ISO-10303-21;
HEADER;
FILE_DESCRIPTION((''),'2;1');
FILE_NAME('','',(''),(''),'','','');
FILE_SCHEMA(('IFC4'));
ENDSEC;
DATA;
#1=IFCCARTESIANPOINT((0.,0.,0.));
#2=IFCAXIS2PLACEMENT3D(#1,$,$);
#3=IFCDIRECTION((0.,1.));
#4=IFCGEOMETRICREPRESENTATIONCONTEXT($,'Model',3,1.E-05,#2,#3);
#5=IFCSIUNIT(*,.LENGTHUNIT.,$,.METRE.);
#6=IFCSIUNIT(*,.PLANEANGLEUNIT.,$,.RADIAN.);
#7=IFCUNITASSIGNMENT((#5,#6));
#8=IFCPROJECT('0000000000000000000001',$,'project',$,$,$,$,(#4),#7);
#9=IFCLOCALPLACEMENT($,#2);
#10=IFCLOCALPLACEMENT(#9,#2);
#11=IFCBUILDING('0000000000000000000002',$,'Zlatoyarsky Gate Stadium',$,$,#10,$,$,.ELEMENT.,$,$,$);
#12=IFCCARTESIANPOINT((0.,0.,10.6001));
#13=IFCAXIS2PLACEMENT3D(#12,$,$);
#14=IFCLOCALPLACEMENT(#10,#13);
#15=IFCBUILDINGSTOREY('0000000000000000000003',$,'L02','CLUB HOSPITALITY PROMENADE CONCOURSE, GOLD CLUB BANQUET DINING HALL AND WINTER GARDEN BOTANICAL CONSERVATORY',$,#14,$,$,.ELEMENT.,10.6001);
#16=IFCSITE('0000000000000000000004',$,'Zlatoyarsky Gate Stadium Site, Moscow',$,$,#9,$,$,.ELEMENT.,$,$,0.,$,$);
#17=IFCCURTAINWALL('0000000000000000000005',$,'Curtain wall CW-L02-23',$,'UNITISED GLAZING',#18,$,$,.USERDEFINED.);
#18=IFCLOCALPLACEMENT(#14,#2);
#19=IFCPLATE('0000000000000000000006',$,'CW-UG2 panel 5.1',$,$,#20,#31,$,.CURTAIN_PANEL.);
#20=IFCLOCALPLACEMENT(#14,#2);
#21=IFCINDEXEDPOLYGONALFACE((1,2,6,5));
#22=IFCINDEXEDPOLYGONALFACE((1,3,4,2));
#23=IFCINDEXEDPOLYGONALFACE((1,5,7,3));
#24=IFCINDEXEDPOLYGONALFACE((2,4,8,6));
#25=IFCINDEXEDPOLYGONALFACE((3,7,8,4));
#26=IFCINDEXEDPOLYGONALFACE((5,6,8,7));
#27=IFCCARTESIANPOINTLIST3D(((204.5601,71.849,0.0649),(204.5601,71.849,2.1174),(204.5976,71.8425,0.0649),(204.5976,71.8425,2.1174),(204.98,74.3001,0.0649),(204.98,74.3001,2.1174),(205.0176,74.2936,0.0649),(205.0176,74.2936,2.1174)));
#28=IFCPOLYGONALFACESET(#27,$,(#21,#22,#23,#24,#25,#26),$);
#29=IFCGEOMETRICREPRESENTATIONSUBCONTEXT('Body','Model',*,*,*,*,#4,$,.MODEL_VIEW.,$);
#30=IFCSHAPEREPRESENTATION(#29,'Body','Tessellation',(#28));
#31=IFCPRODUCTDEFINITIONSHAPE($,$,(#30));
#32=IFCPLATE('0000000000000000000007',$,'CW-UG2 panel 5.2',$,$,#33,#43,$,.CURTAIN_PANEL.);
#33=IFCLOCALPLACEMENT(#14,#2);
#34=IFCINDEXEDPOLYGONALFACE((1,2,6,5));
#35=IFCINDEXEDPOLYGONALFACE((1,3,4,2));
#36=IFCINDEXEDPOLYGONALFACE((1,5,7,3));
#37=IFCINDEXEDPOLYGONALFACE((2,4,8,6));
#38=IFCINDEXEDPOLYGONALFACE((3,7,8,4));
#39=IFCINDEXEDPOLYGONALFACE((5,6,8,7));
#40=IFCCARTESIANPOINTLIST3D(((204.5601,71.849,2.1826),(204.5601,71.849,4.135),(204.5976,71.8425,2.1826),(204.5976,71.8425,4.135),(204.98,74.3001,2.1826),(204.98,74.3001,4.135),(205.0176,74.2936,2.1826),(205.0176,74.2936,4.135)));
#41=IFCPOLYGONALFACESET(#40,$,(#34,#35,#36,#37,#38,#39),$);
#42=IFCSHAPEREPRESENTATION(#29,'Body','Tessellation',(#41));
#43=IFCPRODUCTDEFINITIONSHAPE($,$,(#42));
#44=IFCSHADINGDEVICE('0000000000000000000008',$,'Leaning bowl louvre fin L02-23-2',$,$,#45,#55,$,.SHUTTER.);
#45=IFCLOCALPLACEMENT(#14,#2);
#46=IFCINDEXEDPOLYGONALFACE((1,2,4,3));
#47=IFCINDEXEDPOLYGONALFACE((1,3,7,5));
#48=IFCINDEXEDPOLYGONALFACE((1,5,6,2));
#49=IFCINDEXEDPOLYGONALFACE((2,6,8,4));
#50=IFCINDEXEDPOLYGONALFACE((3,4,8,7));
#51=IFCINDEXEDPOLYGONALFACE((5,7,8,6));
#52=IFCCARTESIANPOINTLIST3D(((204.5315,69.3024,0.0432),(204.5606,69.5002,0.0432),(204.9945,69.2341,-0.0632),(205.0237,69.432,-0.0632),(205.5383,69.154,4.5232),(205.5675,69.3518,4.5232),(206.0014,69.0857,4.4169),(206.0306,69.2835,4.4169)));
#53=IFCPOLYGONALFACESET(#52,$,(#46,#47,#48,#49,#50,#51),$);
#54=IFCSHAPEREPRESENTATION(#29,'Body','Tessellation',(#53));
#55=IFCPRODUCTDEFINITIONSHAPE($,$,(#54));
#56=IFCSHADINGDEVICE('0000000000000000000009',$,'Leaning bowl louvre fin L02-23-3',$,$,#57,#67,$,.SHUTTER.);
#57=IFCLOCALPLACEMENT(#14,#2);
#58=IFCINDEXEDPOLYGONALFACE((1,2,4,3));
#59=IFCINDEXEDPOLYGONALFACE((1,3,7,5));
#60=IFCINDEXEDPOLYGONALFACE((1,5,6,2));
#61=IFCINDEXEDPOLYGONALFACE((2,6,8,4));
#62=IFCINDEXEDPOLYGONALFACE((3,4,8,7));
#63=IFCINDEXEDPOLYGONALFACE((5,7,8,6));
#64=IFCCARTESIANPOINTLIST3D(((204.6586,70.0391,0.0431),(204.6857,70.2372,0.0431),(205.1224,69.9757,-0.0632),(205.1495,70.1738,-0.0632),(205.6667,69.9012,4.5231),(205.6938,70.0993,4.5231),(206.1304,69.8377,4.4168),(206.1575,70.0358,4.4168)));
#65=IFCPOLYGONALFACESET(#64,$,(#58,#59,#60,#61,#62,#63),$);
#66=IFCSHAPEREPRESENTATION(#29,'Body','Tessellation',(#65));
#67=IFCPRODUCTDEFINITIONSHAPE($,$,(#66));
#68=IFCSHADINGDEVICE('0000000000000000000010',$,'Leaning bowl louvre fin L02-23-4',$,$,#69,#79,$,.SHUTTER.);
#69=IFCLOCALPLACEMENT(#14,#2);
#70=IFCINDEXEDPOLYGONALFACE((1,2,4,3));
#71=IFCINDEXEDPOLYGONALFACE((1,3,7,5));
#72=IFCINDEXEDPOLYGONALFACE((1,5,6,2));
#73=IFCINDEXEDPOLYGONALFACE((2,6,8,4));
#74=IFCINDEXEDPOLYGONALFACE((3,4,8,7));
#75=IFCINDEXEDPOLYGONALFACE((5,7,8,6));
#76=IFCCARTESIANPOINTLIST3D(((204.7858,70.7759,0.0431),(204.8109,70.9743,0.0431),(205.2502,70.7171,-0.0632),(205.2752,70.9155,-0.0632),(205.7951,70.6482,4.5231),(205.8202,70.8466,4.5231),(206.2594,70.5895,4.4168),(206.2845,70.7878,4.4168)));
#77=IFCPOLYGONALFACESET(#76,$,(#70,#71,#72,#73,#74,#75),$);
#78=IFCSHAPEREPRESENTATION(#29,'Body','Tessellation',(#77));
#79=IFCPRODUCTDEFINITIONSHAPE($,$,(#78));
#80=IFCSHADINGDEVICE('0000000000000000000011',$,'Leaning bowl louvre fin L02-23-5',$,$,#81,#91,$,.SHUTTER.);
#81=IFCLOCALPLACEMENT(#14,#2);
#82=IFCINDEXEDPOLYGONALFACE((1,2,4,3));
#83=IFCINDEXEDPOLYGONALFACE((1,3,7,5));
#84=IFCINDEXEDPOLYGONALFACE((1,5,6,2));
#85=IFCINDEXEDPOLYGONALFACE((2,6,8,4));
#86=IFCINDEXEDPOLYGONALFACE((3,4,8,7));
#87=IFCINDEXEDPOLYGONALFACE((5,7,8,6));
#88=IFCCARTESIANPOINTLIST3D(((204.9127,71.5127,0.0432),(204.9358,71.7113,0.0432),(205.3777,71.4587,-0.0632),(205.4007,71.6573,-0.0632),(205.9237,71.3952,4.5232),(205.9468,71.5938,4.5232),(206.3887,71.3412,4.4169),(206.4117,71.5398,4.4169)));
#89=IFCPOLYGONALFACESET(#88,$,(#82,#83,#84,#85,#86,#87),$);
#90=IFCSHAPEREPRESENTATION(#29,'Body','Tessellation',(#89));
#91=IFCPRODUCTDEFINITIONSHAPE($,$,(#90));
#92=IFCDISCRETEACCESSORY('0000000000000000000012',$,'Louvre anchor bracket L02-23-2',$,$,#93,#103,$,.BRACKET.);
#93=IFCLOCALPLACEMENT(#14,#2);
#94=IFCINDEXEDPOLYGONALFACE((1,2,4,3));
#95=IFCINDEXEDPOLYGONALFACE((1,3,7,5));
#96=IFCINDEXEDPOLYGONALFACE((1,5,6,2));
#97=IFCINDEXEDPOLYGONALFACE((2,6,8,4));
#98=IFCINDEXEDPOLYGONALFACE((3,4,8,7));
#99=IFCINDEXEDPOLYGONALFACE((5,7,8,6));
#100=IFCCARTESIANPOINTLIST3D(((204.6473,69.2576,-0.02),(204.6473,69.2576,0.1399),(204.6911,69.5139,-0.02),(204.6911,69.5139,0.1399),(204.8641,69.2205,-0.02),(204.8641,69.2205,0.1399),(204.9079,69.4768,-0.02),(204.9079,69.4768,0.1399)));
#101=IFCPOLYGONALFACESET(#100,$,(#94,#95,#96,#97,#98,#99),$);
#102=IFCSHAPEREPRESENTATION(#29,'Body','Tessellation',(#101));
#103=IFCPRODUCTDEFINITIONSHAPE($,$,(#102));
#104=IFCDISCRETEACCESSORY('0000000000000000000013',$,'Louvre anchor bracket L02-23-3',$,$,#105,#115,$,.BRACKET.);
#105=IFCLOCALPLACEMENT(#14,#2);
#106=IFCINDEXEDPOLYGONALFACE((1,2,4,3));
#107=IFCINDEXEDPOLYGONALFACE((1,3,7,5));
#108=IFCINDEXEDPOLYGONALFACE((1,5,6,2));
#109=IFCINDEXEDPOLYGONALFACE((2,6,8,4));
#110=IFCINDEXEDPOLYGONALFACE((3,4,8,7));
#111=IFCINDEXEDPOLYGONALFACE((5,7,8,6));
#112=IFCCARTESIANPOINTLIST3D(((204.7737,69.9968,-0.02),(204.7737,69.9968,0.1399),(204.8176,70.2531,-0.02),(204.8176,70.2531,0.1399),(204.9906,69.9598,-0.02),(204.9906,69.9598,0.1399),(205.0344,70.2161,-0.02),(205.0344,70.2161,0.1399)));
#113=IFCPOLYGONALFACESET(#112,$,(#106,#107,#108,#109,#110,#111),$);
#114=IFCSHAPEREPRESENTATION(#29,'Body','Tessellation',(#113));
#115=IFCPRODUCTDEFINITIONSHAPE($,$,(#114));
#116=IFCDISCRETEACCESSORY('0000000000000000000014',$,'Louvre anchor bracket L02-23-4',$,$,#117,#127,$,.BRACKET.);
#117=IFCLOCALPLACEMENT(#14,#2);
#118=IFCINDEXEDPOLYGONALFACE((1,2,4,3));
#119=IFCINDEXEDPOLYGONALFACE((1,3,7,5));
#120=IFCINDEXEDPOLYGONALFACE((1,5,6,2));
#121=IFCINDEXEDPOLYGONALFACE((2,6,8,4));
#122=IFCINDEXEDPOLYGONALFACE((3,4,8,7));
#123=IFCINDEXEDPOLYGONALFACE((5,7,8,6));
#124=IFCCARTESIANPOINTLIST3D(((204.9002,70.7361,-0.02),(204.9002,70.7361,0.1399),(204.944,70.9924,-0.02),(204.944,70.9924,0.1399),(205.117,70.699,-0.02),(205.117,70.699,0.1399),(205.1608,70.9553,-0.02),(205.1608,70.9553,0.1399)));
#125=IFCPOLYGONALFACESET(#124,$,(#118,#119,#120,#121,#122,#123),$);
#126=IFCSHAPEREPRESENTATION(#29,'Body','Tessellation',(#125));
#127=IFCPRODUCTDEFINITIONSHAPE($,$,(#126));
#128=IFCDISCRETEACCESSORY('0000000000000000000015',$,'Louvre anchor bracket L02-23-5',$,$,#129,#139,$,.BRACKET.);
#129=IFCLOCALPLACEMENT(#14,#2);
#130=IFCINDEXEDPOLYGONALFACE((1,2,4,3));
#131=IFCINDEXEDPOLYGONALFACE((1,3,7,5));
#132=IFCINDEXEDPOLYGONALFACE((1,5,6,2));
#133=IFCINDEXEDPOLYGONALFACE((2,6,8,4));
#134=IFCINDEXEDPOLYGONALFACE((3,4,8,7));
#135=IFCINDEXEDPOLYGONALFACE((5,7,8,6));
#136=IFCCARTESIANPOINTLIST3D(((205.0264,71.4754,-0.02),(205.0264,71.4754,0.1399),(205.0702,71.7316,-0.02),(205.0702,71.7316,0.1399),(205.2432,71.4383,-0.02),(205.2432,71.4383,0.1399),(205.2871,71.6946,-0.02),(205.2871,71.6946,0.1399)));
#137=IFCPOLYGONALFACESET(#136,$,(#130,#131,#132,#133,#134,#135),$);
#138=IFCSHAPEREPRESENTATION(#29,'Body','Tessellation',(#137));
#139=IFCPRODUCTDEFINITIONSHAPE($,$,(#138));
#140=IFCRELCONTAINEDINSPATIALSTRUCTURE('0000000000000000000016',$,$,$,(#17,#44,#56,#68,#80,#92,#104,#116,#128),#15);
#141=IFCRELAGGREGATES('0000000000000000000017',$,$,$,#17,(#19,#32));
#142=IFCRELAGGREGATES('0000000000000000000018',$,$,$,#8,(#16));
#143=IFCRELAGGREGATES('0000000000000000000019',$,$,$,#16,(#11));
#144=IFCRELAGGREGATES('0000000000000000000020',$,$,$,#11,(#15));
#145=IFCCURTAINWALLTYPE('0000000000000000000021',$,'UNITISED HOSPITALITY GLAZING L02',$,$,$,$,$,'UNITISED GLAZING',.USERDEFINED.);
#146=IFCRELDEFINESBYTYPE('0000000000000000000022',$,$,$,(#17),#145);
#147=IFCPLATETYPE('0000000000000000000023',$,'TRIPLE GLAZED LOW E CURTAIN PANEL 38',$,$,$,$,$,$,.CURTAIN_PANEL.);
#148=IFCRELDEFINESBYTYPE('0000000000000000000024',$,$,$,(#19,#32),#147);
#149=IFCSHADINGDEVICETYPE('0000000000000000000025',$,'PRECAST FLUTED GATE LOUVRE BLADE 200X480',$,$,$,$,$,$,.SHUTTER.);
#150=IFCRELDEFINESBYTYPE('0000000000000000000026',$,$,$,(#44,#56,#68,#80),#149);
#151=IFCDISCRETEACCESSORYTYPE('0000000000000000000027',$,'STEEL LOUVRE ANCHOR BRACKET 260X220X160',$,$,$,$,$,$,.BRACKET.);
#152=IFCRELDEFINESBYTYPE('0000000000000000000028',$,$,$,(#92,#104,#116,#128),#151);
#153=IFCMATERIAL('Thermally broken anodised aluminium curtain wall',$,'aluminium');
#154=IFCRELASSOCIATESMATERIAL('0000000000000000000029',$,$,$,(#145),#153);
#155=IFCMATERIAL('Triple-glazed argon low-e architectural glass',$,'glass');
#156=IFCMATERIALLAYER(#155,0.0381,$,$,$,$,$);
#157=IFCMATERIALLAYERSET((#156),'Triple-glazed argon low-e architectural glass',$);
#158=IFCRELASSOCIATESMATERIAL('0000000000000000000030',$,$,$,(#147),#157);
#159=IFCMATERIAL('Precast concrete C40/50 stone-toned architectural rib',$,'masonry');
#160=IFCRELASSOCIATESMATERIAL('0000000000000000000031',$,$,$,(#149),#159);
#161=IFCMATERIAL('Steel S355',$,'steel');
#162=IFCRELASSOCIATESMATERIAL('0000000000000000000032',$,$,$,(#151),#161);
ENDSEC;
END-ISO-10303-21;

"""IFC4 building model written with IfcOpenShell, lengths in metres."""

from ifc_helpers import new_model, si_unit, direction, frame, origin, origin_2d, place, context, subcontext, project, spatial, rectangle, extrude, material, layer, layer_set, material_profile, profile_set, type_object, element, aggregate, save


model = new_model("IFC4")

# Units and contexts
model_context = context("Model", 3, precision=1e-05, world=origin(), true_north=direction((0.0, 1.0)))
body_context = subcontext(model_context, "Body", "Model", "MODEL_VIEW")
ifc_project = project(units=[si_unit("LENGTHUNIT", "METRE"), si_unit("PLANEANGLEUNIT", "RADIAN")], contexts=[model_context])

# Site, building, storey
site_placement = place(None, origin())
site = spatial("IfcSite", under=ifc_project, at=site_placement, Name="Zlatoyarsky Gate Stadium Site, Moscow", CompositionType="ELEMENT", RefElevation=0.0)
building_placement = place(site_placement, origin())
building = spatial("IfcBuilding", under=site, at=building_placement, Name="Zlatoyarsky Gate Stadium", CompositionType="ELEMENT")
storey_placement = place(building_placement, frame((0.0, 0.0, 10.6001)))
storey = spatial("IfcBuildingStorey", under=building, at=storey_placement, Name="L02", Description="CLUB HOSPITALITY PROMENADE CONCOURSE, GOLD CLUB BANQUET DINING HALL AND WINTER GARDEN BOTANICAL CONSERVATORY", CompositionType="ELEMENT", Elevation=10.6001)

# Shared definitions
ifc_material_1 = material(Name="Steel S355", Category="steel")

# Curtain wall
ifc_material_2 = material(Name="Thermally broken anodised aluminium curtain wall", Category="aluminium")
curtain_wall_type = type_object("IfcCurtainWallType", Name="UNITISED HOSPITALITY GLAZING L02", ElementType="UNITISED GLAZING", PredefinedType="USERDEFINED", material=ifc_material_2)
curtain_wall_placement = place(storey_placement, origin())
curtain_wall = element("IfcCurtainWall", 1, at=curtain_wall_placement, inside=storey, type_object=curtain_wall_type, Name="Curtain wall CW-L02-23", ObjectType="UNITISED GLAZING", PredefinedType="USERDEFINED")

# Plates
ifc_material_3 = material(Name="Triple-glazed argon low-e architectural glass", Category="glass")
ifc_layer_1 = layer(ifc_material_3, 0.0381)
ifc_layer_set_1 = layer_set([ifc_layer_1], Name="Triple-glazed argon low-e architectural glass")
plate_type_1 = type_object("IfcPlateType", Name="TRIPLE GLAZED LOW E CURTAIN PANEL 38", PredefinedType="CURTAIN_PANEL", material=ifc_layer_set_1)
plate_1_placement = place(storey_placement, frame((204.7888, 73.0713, 0.0649), z_axis=(0.0, 0.0, 1.0), x_axis=(0.168876, 0.985637, 0.0)))
plate_1 = element("IfcPlate", 2, at=plate_1_placement, type_object=plate_type_1, Name="CW-UG2 panel 5.1", PredefinedType="CURTAIN_PANEL", context=body_context, shape_type="SweptSolid", body=[
    extrude(rectangle(XDim=2.4868, YDim=0.0381, at=origin_2d()), origin(), (0.0, 0.0, 1.0), 2.0525),
])
plate_2_placement = place(storey_placement, frame((204.7888, 73.0713, 2.1826), z_axis=(0.0, 0.0, 1.0), x_axis=(0.168876, 0.985637, 0.0)))
plate_2 = element("IfcPlate", 3, at=plate_2_placement, type_object=plate_type_1, Name="CW-UG2 panel 5.2", PredefinedType="CURTAIN_PANEL", context=body_context, shape_type="SweptSolid", body=[
    extrude(rectangle(XDim=2.4868, YDim=0.0381, at=origin_2d()), origin(), (0.0, 0.0, 1.0), 1.9524),
])
aggregate(curtain_wall, [plate_1, plate_2])

# Shading devices
ifc_material_4 = material(Name="Precast concrete C40/50 stone-toned architectural rib", Category="masonry")
ifc_material_profile_1 = material_profile(ifc_material_4, rectangle(XDim=0.2, YDim=0.48, at=origin_2d()), Name="RIB 200X480")
ifc_profile_set_1 = profile_set([ifc_material_profile_1], Name="Precast concrete C40/50 stone-toned architectural rib")
shading_device_type = type_object("IfcShadingDeviceType", Name="PRECAST FLUTED GATE LOUVRE BLADE 200X480", PredefinedType="SHUTTER", material=ifc_profile_set_1)
shading_device_1_placement = place(storey_placement, frame((204.7776, 69.3672, -0.01), z_axis=(0.219157, -0.03231, 0.975154), x_axis=(0.145853, 0.989306, 0.0)))
element("IfcShadingDevice", 4, at=shading_device_1_placement, inside=storey, type_object=shading_device_type, Name="Leaning bowl louvre fin L02-23-2", PredefinedType="SHUTTER", context=body_context, shape_type="SweptSolid", body=[
    extrude(rectangle(XDim=0.2, YDim=0.48, at=origin_2d()), origin(), (0.0, 0.0, 1.0), 4.5942),
])
for number, where, z_axis, x_axis, name in (
    (5, (204.9041, 70.1064, -0.01), (0.219426, -0.030026, 0.975167), (0.135574, 0.990767, 0.0), "Leaning bowl louvre fin L02-23-3"),
    (6, (205.0305, 70.8457, -0.01), (0.219693, -0.027794, 0.975173), (0.125511, 0.992092, 0.0), "Leaning bowl louvre fin L02-23-4"),
):
    element("IfcShadingDevice", number, at=place(storey_placement, frame(where, z_axis=z_axis, x_axis=x_axis)), inside=storey, type_object=shading_device_type, Name=name, PredefinedType="SHUTTER", context=body_context, shape_type="SweptSolid", body=[
        extrude(rectangle(XDim=0.2, YDim=0.48, at=origin_2d()), origin(), (0.0, 0.0, 1.0), 4.594),
    ])
shading_device_2_placement = place(storey_placement, frame((205.1567, 71.585, -0.01), z_axis=(0.22006, -0.025561, 0.975151), x_axis=(0.11538, 0.993321, 0.0)))
element("IfcShadingDevice", 7, at=shading_device_2_placement, inside=storey, type_object=shading_device_type, Name="Leaning bowl louvre fin L02-23-5", PredefinedType="SHUTTER", context=body_context, shape_type="SweptSolid", body=[
    extrude(rectangle(XDim=0.2, YDim=0.48, at=origin_2d()), origin(), (0.0, 0.0, 1.0), 4.5942),
])

# Discrete accessories
discrete_accessory_type = type_object("IfcDiscreteAccessoryType", Name="STEEL LOUVRE ANCHOR BRACKET 260X220X160", PredefinedType="BRACKET", material=ifc_material_1)
for number, where, z_axis, x_axis, name in (
    (8, (204.7776, 69.3672, -0.02), (0.0, 0.0, 1.0), (0.168563, 0.985691, 0.0), "Louvre anchor bracket L02-23-2"),
    (9, (204.9041, 70.1064, -0.02), (0.0, 0.0, 1.0), (0.168563, 0.985691, 0.0), "Louvre anchor bracket L02-23-3"),
    (10, (205.0305, 70.8457, -0.02), (0.0, 0.0, 1.0), (0.168563, 0.985691, 0.0), "Louvre anchor bracket L02-23-4"),
    (11, (205.1567, 71.585, -0.02), (0.0, 0.0, 1.0), (0.168563, 0.985691, 0.0), "Louvre anchor bracket L02-23-5"),
):
    element("IfcDiscreteAccessory", number, at=place(storey_placement, frame(where, z_axis=z_axis, x_axis=x_axis)), inside=storey, type_object=discrete_accessory_type, Name=name, PredefinedType="BRACKET", context=body_context, shape_type="SweptSolid", body=[
        extrude(rectangle(XDim=0.26, YDim=0.22, at=origin_2d()), origin(), (0.0, 0.0, 1.0), 0.1599),
    ])

save(model, "model.ifc")
